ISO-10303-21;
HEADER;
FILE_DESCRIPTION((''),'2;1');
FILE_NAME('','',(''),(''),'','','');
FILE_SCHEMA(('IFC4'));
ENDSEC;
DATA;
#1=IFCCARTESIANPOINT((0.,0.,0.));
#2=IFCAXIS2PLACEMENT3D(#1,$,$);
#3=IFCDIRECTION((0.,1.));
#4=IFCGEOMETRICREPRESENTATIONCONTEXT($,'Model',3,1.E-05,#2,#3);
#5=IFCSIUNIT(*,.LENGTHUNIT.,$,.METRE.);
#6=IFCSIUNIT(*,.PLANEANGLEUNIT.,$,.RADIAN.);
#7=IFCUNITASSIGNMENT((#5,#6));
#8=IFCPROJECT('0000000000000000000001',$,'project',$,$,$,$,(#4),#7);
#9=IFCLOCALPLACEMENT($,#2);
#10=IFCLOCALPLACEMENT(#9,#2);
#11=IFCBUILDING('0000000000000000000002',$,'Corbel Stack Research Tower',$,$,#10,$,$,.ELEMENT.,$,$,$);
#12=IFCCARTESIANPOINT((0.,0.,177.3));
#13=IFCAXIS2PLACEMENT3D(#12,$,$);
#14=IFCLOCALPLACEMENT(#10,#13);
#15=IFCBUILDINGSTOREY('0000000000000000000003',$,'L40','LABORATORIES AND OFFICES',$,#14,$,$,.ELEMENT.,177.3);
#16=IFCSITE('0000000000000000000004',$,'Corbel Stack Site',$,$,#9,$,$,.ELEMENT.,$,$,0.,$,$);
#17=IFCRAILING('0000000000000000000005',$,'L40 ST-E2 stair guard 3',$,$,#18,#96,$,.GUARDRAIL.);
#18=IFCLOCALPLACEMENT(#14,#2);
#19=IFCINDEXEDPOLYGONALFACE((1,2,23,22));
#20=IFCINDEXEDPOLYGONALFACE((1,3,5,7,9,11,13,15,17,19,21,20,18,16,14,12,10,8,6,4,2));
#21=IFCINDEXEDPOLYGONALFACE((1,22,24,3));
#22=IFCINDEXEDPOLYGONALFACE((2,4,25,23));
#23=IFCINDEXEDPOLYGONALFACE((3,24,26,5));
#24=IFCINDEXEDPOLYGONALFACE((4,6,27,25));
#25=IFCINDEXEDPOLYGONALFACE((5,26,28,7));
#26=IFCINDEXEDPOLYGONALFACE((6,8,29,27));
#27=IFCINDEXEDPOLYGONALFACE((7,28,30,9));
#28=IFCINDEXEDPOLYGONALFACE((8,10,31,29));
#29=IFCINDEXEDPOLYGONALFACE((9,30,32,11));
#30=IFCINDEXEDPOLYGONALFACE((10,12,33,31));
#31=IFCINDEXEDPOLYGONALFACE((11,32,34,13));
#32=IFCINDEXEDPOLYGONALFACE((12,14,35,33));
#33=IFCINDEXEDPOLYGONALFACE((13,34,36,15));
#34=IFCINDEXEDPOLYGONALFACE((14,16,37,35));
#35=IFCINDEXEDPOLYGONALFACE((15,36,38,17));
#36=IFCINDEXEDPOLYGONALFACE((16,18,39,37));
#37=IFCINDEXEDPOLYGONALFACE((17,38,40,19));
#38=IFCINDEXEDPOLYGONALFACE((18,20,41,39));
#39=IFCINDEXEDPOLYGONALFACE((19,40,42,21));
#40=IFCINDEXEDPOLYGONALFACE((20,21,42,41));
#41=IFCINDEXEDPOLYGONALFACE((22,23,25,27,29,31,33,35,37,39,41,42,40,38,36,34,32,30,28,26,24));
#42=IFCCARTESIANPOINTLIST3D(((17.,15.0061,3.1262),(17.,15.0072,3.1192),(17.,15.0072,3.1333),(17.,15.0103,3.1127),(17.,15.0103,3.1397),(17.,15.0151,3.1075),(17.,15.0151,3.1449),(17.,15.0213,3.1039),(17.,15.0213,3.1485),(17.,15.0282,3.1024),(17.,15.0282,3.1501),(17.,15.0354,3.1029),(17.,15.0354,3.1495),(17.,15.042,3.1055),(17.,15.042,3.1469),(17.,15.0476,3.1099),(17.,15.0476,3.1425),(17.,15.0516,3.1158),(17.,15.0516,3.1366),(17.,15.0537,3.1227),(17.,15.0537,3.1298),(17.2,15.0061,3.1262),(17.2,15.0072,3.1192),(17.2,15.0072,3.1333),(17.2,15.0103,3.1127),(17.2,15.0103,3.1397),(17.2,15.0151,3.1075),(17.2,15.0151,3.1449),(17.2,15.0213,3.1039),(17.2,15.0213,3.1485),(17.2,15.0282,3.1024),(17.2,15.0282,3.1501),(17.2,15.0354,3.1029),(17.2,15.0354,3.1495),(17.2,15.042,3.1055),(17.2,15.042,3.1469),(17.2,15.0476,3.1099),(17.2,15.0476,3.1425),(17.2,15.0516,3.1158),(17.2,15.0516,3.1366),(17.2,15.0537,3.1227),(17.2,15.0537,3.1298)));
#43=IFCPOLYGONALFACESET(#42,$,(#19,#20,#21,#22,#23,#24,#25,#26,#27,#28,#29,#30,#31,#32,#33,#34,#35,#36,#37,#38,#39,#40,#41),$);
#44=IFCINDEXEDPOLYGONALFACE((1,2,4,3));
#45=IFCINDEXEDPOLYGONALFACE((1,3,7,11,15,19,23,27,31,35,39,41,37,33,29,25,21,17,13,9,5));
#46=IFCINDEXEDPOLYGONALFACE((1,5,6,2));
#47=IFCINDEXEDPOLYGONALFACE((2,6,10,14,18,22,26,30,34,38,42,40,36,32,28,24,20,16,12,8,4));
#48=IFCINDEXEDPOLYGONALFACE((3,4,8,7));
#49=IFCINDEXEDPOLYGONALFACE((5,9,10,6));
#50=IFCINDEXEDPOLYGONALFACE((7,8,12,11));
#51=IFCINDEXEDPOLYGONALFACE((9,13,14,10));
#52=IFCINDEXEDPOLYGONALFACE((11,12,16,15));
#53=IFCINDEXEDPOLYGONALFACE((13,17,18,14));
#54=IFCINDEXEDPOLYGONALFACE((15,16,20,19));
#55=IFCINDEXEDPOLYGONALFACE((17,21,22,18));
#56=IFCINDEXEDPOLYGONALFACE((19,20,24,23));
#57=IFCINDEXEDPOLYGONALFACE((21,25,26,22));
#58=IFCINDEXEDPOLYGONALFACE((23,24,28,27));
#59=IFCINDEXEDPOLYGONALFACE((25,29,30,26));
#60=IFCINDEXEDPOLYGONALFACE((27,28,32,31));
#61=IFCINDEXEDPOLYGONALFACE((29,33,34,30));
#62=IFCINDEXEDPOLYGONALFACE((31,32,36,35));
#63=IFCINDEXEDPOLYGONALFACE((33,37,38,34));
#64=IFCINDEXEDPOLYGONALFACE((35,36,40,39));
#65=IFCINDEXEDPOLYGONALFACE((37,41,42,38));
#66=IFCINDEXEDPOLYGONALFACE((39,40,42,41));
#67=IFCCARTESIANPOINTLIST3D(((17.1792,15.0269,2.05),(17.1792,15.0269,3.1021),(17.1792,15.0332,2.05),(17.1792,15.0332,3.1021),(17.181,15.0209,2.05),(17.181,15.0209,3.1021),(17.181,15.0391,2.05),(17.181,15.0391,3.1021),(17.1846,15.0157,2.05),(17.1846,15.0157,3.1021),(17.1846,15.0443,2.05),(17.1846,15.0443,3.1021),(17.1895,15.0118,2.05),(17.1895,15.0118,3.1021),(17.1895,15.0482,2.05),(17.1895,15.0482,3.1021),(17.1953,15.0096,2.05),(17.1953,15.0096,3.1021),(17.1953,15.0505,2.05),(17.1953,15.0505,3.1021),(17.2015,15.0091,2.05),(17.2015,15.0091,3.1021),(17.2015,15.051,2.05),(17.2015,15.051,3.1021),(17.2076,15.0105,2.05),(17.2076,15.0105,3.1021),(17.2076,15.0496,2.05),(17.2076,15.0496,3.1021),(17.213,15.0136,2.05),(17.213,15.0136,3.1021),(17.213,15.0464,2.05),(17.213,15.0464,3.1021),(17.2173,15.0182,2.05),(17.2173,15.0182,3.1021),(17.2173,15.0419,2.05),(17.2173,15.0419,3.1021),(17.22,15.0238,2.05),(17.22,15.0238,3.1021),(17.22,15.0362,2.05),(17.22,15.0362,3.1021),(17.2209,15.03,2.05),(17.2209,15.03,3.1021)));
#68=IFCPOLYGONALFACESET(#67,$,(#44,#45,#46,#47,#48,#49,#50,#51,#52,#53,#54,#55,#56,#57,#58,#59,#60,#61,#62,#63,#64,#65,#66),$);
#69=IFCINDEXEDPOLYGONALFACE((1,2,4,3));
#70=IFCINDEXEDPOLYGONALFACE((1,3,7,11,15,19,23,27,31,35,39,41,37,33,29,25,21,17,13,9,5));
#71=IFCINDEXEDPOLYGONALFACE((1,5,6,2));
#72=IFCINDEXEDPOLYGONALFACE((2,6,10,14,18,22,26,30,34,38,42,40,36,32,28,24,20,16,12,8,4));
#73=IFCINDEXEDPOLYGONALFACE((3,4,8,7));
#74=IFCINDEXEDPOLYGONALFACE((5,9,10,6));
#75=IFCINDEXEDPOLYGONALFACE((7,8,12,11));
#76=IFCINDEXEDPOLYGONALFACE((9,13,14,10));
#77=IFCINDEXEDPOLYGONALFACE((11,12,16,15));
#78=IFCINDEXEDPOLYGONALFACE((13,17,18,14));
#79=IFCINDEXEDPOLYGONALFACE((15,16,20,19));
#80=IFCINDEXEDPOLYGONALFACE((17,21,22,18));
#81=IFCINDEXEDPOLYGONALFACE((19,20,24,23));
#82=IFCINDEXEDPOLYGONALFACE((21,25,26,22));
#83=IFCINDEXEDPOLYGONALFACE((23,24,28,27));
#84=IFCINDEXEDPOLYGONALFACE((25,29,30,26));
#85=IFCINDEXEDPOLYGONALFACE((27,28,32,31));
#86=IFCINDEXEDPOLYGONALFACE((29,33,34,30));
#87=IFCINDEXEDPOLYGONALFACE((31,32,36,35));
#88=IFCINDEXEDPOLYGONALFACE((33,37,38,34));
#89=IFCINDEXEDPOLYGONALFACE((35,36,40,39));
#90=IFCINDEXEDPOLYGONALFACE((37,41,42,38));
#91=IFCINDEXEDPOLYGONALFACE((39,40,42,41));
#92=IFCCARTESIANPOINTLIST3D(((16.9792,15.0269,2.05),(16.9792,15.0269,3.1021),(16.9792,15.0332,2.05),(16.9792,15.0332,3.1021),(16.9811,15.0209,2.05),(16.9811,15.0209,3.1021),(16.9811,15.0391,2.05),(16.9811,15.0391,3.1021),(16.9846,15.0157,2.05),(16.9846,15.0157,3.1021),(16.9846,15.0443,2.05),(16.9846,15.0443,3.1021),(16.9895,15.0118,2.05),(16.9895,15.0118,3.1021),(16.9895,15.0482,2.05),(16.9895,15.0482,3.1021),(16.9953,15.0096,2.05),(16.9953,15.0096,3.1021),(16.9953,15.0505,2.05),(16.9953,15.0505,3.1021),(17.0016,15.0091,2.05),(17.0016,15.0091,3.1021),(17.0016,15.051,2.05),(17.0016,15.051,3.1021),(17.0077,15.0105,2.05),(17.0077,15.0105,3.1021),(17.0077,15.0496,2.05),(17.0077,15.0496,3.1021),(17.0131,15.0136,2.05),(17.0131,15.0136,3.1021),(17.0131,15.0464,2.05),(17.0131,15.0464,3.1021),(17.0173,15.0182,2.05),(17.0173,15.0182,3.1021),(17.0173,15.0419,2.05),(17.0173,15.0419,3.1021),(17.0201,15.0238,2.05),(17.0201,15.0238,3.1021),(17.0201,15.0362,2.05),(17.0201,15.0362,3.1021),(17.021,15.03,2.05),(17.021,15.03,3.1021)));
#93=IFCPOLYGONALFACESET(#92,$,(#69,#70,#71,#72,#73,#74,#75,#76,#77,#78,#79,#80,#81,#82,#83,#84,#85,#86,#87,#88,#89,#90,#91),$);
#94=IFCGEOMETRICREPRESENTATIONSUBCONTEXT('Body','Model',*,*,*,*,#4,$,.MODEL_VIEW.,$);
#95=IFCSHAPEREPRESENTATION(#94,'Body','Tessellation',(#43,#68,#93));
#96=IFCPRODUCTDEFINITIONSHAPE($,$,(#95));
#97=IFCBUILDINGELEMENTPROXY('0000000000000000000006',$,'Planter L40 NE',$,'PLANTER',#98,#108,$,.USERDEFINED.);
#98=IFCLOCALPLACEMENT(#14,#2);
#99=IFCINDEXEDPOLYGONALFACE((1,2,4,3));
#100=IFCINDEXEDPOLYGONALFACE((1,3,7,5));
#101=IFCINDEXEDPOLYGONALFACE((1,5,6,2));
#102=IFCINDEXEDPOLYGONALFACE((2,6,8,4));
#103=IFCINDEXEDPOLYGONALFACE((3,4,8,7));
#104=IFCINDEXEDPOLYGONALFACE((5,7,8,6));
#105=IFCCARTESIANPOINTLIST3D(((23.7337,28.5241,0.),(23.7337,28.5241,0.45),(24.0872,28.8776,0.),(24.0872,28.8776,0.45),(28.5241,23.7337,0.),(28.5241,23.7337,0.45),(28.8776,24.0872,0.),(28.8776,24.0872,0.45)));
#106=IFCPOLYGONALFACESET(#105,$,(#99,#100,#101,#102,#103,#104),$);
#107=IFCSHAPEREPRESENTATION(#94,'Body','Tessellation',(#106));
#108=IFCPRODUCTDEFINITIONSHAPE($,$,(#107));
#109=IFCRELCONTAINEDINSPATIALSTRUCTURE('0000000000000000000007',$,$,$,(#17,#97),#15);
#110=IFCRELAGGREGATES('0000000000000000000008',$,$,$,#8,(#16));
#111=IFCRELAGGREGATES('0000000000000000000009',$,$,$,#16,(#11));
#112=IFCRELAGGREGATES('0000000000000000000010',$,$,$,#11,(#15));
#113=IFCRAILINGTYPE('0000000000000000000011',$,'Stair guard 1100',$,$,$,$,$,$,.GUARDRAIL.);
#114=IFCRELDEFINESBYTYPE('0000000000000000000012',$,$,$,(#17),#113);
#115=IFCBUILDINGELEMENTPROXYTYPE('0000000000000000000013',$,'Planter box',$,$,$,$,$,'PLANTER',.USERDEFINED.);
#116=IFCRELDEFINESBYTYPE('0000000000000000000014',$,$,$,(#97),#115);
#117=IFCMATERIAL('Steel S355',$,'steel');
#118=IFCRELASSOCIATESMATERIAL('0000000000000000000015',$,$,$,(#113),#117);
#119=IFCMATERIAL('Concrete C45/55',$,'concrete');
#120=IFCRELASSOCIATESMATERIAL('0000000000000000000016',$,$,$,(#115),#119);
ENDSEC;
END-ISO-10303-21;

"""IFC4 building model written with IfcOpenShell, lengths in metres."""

from ifc_helpers import new_model, si_unit, direction, frame, origin, origin_2d, place, context, subcontext, project, spatial, rectangle, circle, extrude, material, type_object, element, save


model = new_model("IFC4")

# Units and contexts
model_context = context("Model", 3, precision=1e-05, world=origin(), true_north=direction((0.0, 1.0)))
body_context = subcontext(model_context, "Body", "Model", "MODEL_VIEW")
ifc_project = project(units=[si_unit("LENGTHUNIT", "METRE"), si_unit("PLANEANGLEUNIT", "RADIAN")], contexts=[model_context])

# Site, building, storey
site_placement = place(None, origin())
site = spatial("IfcSite", under=ifc_project, at=site_placement, Name="Corbel Stack Site", CompositionType="ELEMENT", RefElevation=0.0)
building_placement = place(site_placement, origin())
building = spatial("IfcBuilding", under=site, at=building_placement, Name="Corbel Stack Research Tower", CompositionType="ELEMENT")
storey_placement = place(building_placement, frame((0.0, 0.0, 177.3)))
storey = spatial("IfcBuildingStorey", under=building, at=storey_placement, Name="L40", Description="LABORATORIES AND OFFICES", CompositionType="ELEMENT", Elevation=177.3)

# Railing
ifc_material_1 = material(Name="Steel S355", Category="steel")
railing_type_1 = type_object("IfcRailingType", Name="Stair guard 1100", PredefinedType="GUARDRAIL", material=ifc_material_1)
railing_1_placement = place(storey_placement, frame((17.2, 15.03, 2.05)))
element("IfcRailing", 1, at=railing_1_placement, inside=storey, type_object=railing_type_1, Name="L40 ST-E2 stair guard 3", PredefinedType="GUARDRAIL", context=body_context, shape_type="SweptSolid", body=[
    extrude(circle(Radius=0.0239, at=origin_2d()), frame((0.0, 0.0, 1.0762), z_axis=(-1.0, 0.0, 0.0), x_axis=(0.0, -1.0, 0.0)), (0.0, 0.0, 1.0), 0.2),
    extrude(circle(Radius=0.021, at=origin_2d()), origin(), (0.0, 0.0, 1.0), 1.052),
    extrude(circle(Radius=0.021, at=origin_2d()), frame((-0.2, 0.0, 0.0)), (0.0, 0.0, 1.0), 1.052),
])

# Building element proxy
ifc_material_2 = material(Name="Concrete C45/55", Category="concrete")
building_element_proxy_type = type_object("IfcBuildingElementProxyType", Name="Planter box", ElementType="PLANTER", PredefinedType="USERDEFINED", material=ifc_material_2)
proxy_placement = place(storey_placement, frame((26.3057, 26.3057, 0.0), z_axis=(0.0, 0.0, 1.0), x_axis=(-0.707107, 0.707107, 0.0)))
element("IfcBuildingElementProxy", 2, at=proxy_placement, inside=storey, type_object=building_element_proxy_type, Name="Planter L40 NE", ObjectType="PLANTER", PredefinedType="USERDEFINED", context=body_context, shape_type="SweptSolid", body=[
    extrude(rectangle(XDim=6.7747, YDim=0.5, at=origin_2d()), origin(), (0.0, 0.0, 1.0), 0.45),
])

save(model, "model.ifc")
